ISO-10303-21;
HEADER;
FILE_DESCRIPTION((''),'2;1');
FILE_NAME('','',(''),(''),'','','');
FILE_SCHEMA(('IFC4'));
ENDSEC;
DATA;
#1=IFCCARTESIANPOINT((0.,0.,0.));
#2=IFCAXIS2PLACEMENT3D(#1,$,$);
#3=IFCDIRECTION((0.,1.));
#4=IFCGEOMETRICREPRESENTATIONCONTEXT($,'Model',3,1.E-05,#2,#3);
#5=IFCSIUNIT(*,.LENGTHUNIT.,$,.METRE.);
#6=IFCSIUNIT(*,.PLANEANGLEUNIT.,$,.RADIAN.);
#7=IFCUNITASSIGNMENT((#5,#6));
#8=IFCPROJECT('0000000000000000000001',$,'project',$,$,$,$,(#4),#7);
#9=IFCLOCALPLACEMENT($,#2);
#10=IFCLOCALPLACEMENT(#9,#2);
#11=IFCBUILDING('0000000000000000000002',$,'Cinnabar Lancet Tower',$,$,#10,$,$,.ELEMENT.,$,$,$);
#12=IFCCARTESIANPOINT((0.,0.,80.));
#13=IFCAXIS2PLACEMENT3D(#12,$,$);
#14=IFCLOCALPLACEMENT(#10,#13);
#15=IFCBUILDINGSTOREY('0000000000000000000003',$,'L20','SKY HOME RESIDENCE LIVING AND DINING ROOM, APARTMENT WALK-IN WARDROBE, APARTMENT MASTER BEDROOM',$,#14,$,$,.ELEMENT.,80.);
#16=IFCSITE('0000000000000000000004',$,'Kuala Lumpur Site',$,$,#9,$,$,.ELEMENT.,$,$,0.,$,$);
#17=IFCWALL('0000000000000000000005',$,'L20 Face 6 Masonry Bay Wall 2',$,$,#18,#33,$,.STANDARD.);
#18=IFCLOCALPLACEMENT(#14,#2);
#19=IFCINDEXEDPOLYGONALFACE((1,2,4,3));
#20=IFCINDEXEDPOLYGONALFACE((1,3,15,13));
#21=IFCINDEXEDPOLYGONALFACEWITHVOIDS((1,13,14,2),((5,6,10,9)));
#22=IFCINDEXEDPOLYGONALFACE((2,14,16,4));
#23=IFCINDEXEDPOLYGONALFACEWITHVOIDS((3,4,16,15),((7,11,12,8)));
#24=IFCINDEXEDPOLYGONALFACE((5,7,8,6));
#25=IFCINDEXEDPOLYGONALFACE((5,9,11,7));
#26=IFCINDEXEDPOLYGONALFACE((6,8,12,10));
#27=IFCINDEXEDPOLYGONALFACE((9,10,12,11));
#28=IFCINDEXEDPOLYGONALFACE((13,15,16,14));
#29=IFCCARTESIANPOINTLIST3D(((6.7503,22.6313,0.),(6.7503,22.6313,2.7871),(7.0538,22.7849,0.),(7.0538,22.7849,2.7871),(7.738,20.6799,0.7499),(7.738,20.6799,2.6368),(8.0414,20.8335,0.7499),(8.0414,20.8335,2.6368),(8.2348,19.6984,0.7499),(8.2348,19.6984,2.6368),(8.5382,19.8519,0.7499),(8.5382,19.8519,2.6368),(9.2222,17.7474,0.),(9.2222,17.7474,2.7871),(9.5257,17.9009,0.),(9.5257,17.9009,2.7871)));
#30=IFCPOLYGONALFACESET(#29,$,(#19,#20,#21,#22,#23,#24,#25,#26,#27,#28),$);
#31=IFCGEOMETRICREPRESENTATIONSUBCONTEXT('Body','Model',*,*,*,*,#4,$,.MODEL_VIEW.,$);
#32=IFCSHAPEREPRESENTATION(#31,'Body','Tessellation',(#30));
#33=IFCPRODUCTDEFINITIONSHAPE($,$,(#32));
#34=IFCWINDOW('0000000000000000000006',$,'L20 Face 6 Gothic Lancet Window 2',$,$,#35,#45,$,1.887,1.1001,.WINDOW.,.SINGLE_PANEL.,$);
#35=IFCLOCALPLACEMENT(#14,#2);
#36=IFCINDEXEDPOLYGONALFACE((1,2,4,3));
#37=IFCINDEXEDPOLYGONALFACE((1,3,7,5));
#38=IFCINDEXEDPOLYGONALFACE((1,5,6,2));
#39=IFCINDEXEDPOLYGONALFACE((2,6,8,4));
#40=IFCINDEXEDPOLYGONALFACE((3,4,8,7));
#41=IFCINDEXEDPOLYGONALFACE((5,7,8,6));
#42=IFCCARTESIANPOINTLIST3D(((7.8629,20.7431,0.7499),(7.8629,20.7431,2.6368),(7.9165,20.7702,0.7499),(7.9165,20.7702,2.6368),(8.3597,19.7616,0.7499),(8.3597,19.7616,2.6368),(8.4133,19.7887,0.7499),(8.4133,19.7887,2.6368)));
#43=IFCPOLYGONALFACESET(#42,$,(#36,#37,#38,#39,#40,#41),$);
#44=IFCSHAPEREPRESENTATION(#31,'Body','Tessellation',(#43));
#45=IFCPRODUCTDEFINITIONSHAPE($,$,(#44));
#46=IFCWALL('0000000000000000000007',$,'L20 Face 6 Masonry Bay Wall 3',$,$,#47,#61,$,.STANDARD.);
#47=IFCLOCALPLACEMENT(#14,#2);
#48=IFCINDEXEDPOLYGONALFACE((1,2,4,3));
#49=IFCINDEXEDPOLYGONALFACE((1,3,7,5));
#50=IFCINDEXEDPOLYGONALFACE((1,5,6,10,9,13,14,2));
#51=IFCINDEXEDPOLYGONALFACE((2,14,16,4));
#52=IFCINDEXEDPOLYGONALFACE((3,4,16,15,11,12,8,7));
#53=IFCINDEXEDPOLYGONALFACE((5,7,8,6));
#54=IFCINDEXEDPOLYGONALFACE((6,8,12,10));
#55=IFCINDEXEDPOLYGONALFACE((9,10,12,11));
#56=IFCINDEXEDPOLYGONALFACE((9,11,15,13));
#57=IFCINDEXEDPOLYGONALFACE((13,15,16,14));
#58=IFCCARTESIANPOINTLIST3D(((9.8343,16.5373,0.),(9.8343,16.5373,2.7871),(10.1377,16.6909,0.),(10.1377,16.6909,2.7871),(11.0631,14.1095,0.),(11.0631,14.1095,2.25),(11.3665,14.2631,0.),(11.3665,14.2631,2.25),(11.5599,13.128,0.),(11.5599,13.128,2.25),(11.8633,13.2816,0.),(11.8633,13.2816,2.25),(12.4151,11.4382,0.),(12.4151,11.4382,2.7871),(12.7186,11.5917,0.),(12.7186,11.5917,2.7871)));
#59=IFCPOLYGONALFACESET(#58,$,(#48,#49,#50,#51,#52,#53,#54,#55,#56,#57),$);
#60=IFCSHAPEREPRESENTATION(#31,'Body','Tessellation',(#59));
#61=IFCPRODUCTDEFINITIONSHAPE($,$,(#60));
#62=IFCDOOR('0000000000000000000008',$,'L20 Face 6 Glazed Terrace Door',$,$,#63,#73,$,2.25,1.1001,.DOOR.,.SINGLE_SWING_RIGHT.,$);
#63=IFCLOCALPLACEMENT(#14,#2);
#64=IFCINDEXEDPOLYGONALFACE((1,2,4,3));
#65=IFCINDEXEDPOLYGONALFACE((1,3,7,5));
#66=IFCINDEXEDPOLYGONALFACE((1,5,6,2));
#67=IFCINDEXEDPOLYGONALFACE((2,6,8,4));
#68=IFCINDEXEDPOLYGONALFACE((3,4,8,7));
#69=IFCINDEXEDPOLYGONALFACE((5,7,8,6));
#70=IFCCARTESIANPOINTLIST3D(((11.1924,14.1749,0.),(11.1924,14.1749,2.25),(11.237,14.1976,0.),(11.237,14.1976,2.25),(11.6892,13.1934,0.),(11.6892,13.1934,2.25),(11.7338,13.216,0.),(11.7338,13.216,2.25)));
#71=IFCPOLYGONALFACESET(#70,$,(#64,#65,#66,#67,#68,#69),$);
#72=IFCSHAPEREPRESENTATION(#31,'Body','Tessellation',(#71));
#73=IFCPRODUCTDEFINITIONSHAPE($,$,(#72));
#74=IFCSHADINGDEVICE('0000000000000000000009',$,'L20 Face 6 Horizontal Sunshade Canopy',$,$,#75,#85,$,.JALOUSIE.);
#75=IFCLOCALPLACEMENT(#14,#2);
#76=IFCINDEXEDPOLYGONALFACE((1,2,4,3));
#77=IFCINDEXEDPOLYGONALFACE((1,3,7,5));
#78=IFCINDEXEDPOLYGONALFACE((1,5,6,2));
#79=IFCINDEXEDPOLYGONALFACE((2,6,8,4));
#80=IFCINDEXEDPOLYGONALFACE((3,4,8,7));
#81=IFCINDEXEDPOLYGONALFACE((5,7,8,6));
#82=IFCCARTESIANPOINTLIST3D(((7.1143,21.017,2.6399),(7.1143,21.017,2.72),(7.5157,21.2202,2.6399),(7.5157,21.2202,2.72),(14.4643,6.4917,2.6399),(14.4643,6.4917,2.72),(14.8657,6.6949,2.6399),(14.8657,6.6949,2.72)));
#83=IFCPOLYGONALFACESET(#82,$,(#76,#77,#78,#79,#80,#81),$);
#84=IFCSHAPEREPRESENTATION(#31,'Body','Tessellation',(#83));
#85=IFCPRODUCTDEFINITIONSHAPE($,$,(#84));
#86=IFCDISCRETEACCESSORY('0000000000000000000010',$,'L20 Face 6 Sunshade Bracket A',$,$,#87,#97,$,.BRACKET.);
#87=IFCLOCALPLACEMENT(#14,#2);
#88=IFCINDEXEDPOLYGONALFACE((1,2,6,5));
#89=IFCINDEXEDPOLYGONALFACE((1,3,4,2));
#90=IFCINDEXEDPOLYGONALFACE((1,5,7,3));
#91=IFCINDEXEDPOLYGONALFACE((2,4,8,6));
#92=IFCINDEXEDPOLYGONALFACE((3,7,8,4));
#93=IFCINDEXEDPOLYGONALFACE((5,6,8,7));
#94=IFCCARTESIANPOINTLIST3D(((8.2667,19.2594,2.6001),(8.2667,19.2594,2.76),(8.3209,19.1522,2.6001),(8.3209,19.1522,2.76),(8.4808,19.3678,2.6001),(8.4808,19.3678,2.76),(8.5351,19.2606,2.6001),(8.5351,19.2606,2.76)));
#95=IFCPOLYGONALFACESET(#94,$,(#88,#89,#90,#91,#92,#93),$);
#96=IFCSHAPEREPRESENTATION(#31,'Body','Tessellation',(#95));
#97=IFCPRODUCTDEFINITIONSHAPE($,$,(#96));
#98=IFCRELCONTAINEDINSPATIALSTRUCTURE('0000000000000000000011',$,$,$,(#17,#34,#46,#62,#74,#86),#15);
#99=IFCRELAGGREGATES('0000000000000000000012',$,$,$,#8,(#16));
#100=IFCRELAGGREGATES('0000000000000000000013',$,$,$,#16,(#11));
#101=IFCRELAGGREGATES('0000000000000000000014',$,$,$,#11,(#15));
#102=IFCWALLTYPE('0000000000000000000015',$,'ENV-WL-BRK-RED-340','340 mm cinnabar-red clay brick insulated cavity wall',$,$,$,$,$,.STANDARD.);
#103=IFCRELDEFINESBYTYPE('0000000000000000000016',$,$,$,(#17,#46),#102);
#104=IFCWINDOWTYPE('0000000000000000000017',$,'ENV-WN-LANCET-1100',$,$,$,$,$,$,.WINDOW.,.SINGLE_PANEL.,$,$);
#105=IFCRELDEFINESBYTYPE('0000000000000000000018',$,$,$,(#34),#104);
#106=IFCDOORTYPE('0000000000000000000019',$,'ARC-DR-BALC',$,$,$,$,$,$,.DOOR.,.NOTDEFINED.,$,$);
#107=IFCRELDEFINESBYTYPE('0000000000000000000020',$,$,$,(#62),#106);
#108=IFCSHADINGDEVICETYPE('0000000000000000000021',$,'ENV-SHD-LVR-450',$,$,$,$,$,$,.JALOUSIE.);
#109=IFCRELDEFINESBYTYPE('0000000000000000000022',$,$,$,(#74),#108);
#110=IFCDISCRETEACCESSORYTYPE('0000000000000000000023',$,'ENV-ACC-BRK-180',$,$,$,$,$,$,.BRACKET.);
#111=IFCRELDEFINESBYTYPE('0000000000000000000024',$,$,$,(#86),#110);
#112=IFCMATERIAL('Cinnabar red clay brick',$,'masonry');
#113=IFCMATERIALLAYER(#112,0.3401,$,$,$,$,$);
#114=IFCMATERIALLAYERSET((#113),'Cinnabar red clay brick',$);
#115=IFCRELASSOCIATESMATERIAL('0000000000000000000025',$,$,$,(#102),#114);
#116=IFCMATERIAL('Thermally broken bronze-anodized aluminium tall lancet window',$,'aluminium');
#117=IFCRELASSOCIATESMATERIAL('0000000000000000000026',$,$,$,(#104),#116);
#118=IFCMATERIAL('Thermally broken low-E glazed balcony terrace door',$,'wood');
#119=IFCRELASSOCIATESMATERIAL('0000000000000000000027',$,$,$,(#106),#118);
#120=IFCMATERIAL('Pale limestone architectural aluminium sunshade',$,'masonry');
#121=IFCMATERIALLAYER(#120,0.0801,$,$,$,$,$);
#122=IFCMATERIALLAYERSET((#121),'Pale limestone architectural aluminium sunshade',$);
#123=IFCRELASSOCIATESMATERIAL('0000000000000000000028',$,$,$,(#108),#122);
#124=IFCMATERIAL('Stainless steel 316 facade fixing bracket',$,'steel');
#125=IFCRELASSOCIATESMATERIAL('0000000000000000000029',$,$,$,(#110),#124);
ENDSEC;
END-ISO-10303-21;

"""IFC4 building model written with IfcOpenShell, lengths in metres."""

from ifc_helpers import new_model, si_unit, direction, frame, frame_2d, origin, origin_2d, place, context, subcontext, project, spatial, rectangle, extrude, material, layer, layer_set, type_object, element, fill, save


model = new_model("IFC4")

# Units and contexts
model_context = context("Model", 3, precision=1e-05, world=origin(), true_north=direction((0.0, 1.0)))
body_context = subcontext(model_context, "Body", "Model", "MODEL_VIEW")
ifc_project = project(units=[si_unit("LENGTHUNIT", "METRE"), si_unit("PLANEANGLEUNIT", "RADIAN")], contexts=[model_context])

# Site, building, storey
site_placement = place(None, origin())
site = spatial("IfcSite", under=ifc_project, at=site_placement, Name="Kuala Lumpur Site", CompositionType="ELEMENT", RefElevation=0.0)
building_placement = place(site_placement, origin())
building = spatial("IfcBuilding", under=site, at=building_placement, Name="Cinnabar Lancet Tower", CompositionType="ELEMENT")
storey_placement = place(building_placement, frame((0.0, 0.0, 80.0)))
storey = spatial("IfcBuildingStorey", under=building, at=storey_placement, Name="L20", Description="SKY HOME RESIDENCE LIVING AND DINING ROOM, APARTMENT WALK-IN WARDROBE, APARTMENT MASTER BEDROOM", CompositionType="ELEMENT", Elevation=80.0)

# Wall, opening, window
ifc_material_1 = material(Name="Cinnabar red clay brick", Category="masonry")
ifc_layer_1 = layer(ifc_material_1, 0.3401)
ifc_layer_set_1 = layer_set([ifc_layer_1], Name="Cinnabar red clay brick")
wall_type_1 = type_object("IfcWallType", Name="ENV-WL-BRK-RED-340", Description="340 mm cinnabar-red clay brick insulated cavity wall", PredefinedType="STANDARD", material=ifc_layer_set_1)
wall_1_placement = place(storey_placement, frame((6.9021, 22.708, 0.0), z_axis=(0.0, 0.0, 1.0), x_axis=(0.451579, -0.892231, 0.0)))
wall_1 = element("IfcWall", 1, at=wall_1_placement, inside=storey, type_object=wall_type_1, Name="L20 Face 6 Masonry Bay Wall 2", PredefinedType="STANDARD", context=body_context, shape_type="SweptSolid", body=[
    extrude(rectangle(XDim=5.4739, YDim=0.3401, at=frame_2d((2.7368, 0.0))), origin(), (0.0, 0.0, 1.0), 2.7871),
])
opening_1_placement = place(wall_1_placement, frame((2.187, 0.0, 0.75)))
opening_1 = element("IfcOpeningElement", 2, at=opening_1_placement, cuts=wall_1, PredefinedType="OPENING", context=body_context, shape_type="SweptSolid", body=[
    extrude(rectangle(XDim=1.1001, YDim=1.887, at=frame_2d((0.55, 0.9434))), frame((0.0, 0.1799, 0.0), z_axis=(0.0, -1.0, 0.0), x_axis=(1.0, 0.0, 0.0)), (0.0, 0.0, 1.0), 0.3601),
])
ifc_material_2 = material(Name="Thermally broken bronze-anodized aluminium tall lancet window", Category="aluminium")
window_type = type_object("IfcWindowType", Name="ENV-WN-LANCET-1100", PartitioningType="SINGLE_PANEL", PredefinedType="WINDOW", material=ifc_material_2)
window_placement = place(opening_1_placement, origin())
window = element("IfcWindow", 3, at=window_placement, inside=storey, type_object=window_type, Name="L20 Face 6 Gothic Lancet Window 2", OverallHeight=1.887, OverallWidth=1.1001, PartitioningType="SINGLE_PANEL", PredefinedType="WINDOW", context=body_context, shape_type="SweptSolid", body=[
    extrude(rectangle(XDim=1.1001, YDim=1.887, at=frame_2d((0.55, 0.9434))), frame((0.0, 0.03, 0.0), z_axis=(0.0, -1.0, 0.0), x_axis=(1.0, 0.0, 0.0)), (0.0, 0.0, 1.0), 0.0601),
])
fill(opening_1, window)

# Wall, opening, door
wall_2_placement = place(storey_placement, frame((9.9861, 16.614, 0.0), z_axis=(0.0, 0.0, 1.0), x_axis=(0.451583, -0.892229, 0.0)))
wall_2 = element("IfcWall", 4, at=wall_2_placement, inside=storey, type_object=wall_type_1, Name="L20 Face 6 Masonry Bay Wall 3", PredefinedType="STANDARD", context=body_context, shape_type="SweptSolid", body=[
    extrude(rectangle(XDim=5.7151, YDim=0.3401, at=frame_2d((2.8574, 0.0))), origin(), (0.0, 0.0, 1.0), 2.7871),
])
opening_2_placement = place(wall_2_placement, frame((2.7209, 0.0, 0.0)))
opening_2 = element("IfcOpeningElement", 5, at=opening_2_placement, cuts=wall_2, PredefinedType="OPENING", context=body_context, shape_type="SweptSolid", body=[
    extrude(rectangle(XDim=1.1001, YDim=2.25, at=frame_2d((0.55, 1.125))), frame((0.0, 0.1799, 0.0), z_axis=(0.0, -1.0, 0.0), x_axis=(1.0, 0.0, 0.0)), (0.0, 0.0, 1.0), 0.3601),
])
ifc_material_3 = material(Name="Thermally broken low-E glazed balcony terrace door", Category="wood")
door_type_1 = type_object("IfcDoorType", Name="ARC-DR-BALC", OperationType="NOTDEFINED", PredefinedType="DOOR", material=ifc_material_3)
door_1_placement = place(opening_2_placement, origin())
door_1 = element("IfcDoor", 6, at=door_1_placement, inside=storey, type_object=door_type_1, Name="L20 Face 6 Glazed Terrace Door", OperationType="SINGLE_SWING_RIGHT", OverallHeight=2.25, OverallWidth=1.1001, PredefinedType="DOOR", context=body_context, shape_type="SweptSolid", body=[
    extrude(rectangle(XDim=1.1001, YDim=2.25, at=frame_2d((0.55, 1.125))), frame((0.0, 0.0249, 0.0), z_axis=(0.0, -1.0, 0.0), x_axis=(1.0, 0.0, 0.0)), (0.0, 0.0, 1.0), 0.05),
])
fill(opening_2, door_1)

# Shading device
ifc_material_4 = material(Name="Pale limestone architectural aluminium sunshade", Category="masonry")
ifc_layer_2 = layer(ifc_material_4, 0.0801)
ifc_layer_set_2 = layer_set([ifc_layer_2], Name="Pale limestone architectural aluminium sunshade")
shading_device_type = type_object("IfcShadingDeviceType", Name="ENV-SHD-LVR-450", PredefinedType="JALOUSIE", material=ifc_layer_set_2)
shading_device_placement = place(storey_placement, frame((10.99, 13.856, 2.6399), z_axis=(0.0, 0.0, 1.0), x_axis=(0.451501, -0.892271, 0.0)))
element("IfcShadingDevice", 7, at=shading_device_placement, inside=storey, type_object=shading_device_type, Name="L20 Face 6 Horizontal Sunshade Canopy", PredefinedType="JALOUSIE", context=body_context, shape_type="SweptSolid", body=[
    extrude(rectangle(XDim=16.2791, YDim=0.45, at=origin_2d()), origin(), (0.0, 0.0, 1.0), 0.0801),
])

# Discrete accessory
ifc_material_5 = material(Name="Stainless steel 316 facade fixing bracket", Category="steel")
discrete_accessory_type = type_object("IfcDiscreteAccessoryType", Name="ENV-ACC-BRK-180", PredefinedType="BRACKET", material=ifc_material_5)
discrete_accessory_placement = place(storey_placement, frame((8.4009, 19.26, 2.6001), z_axis=(0.0, 0.0, 1.0), x_axis=(0.451501, -0.892271, 0.0)))
element("IfcDiscreteAccessory", 8, at=discrete_accessory_placement, inside=storey, type_object=discrete_accessory_type, Name="L20 Face 6 Sunshade Bracket A", PredefinedType="BRACKET", context=body_context, shape_type="SweptSolid", body=[
    extrude(rectangle(XDim=0.1201, YDim=0.24, at=origin_2d()), origin(), (0.0, 0.0, 1.0), 0.1599),
])

save(model, "model.ifc")
